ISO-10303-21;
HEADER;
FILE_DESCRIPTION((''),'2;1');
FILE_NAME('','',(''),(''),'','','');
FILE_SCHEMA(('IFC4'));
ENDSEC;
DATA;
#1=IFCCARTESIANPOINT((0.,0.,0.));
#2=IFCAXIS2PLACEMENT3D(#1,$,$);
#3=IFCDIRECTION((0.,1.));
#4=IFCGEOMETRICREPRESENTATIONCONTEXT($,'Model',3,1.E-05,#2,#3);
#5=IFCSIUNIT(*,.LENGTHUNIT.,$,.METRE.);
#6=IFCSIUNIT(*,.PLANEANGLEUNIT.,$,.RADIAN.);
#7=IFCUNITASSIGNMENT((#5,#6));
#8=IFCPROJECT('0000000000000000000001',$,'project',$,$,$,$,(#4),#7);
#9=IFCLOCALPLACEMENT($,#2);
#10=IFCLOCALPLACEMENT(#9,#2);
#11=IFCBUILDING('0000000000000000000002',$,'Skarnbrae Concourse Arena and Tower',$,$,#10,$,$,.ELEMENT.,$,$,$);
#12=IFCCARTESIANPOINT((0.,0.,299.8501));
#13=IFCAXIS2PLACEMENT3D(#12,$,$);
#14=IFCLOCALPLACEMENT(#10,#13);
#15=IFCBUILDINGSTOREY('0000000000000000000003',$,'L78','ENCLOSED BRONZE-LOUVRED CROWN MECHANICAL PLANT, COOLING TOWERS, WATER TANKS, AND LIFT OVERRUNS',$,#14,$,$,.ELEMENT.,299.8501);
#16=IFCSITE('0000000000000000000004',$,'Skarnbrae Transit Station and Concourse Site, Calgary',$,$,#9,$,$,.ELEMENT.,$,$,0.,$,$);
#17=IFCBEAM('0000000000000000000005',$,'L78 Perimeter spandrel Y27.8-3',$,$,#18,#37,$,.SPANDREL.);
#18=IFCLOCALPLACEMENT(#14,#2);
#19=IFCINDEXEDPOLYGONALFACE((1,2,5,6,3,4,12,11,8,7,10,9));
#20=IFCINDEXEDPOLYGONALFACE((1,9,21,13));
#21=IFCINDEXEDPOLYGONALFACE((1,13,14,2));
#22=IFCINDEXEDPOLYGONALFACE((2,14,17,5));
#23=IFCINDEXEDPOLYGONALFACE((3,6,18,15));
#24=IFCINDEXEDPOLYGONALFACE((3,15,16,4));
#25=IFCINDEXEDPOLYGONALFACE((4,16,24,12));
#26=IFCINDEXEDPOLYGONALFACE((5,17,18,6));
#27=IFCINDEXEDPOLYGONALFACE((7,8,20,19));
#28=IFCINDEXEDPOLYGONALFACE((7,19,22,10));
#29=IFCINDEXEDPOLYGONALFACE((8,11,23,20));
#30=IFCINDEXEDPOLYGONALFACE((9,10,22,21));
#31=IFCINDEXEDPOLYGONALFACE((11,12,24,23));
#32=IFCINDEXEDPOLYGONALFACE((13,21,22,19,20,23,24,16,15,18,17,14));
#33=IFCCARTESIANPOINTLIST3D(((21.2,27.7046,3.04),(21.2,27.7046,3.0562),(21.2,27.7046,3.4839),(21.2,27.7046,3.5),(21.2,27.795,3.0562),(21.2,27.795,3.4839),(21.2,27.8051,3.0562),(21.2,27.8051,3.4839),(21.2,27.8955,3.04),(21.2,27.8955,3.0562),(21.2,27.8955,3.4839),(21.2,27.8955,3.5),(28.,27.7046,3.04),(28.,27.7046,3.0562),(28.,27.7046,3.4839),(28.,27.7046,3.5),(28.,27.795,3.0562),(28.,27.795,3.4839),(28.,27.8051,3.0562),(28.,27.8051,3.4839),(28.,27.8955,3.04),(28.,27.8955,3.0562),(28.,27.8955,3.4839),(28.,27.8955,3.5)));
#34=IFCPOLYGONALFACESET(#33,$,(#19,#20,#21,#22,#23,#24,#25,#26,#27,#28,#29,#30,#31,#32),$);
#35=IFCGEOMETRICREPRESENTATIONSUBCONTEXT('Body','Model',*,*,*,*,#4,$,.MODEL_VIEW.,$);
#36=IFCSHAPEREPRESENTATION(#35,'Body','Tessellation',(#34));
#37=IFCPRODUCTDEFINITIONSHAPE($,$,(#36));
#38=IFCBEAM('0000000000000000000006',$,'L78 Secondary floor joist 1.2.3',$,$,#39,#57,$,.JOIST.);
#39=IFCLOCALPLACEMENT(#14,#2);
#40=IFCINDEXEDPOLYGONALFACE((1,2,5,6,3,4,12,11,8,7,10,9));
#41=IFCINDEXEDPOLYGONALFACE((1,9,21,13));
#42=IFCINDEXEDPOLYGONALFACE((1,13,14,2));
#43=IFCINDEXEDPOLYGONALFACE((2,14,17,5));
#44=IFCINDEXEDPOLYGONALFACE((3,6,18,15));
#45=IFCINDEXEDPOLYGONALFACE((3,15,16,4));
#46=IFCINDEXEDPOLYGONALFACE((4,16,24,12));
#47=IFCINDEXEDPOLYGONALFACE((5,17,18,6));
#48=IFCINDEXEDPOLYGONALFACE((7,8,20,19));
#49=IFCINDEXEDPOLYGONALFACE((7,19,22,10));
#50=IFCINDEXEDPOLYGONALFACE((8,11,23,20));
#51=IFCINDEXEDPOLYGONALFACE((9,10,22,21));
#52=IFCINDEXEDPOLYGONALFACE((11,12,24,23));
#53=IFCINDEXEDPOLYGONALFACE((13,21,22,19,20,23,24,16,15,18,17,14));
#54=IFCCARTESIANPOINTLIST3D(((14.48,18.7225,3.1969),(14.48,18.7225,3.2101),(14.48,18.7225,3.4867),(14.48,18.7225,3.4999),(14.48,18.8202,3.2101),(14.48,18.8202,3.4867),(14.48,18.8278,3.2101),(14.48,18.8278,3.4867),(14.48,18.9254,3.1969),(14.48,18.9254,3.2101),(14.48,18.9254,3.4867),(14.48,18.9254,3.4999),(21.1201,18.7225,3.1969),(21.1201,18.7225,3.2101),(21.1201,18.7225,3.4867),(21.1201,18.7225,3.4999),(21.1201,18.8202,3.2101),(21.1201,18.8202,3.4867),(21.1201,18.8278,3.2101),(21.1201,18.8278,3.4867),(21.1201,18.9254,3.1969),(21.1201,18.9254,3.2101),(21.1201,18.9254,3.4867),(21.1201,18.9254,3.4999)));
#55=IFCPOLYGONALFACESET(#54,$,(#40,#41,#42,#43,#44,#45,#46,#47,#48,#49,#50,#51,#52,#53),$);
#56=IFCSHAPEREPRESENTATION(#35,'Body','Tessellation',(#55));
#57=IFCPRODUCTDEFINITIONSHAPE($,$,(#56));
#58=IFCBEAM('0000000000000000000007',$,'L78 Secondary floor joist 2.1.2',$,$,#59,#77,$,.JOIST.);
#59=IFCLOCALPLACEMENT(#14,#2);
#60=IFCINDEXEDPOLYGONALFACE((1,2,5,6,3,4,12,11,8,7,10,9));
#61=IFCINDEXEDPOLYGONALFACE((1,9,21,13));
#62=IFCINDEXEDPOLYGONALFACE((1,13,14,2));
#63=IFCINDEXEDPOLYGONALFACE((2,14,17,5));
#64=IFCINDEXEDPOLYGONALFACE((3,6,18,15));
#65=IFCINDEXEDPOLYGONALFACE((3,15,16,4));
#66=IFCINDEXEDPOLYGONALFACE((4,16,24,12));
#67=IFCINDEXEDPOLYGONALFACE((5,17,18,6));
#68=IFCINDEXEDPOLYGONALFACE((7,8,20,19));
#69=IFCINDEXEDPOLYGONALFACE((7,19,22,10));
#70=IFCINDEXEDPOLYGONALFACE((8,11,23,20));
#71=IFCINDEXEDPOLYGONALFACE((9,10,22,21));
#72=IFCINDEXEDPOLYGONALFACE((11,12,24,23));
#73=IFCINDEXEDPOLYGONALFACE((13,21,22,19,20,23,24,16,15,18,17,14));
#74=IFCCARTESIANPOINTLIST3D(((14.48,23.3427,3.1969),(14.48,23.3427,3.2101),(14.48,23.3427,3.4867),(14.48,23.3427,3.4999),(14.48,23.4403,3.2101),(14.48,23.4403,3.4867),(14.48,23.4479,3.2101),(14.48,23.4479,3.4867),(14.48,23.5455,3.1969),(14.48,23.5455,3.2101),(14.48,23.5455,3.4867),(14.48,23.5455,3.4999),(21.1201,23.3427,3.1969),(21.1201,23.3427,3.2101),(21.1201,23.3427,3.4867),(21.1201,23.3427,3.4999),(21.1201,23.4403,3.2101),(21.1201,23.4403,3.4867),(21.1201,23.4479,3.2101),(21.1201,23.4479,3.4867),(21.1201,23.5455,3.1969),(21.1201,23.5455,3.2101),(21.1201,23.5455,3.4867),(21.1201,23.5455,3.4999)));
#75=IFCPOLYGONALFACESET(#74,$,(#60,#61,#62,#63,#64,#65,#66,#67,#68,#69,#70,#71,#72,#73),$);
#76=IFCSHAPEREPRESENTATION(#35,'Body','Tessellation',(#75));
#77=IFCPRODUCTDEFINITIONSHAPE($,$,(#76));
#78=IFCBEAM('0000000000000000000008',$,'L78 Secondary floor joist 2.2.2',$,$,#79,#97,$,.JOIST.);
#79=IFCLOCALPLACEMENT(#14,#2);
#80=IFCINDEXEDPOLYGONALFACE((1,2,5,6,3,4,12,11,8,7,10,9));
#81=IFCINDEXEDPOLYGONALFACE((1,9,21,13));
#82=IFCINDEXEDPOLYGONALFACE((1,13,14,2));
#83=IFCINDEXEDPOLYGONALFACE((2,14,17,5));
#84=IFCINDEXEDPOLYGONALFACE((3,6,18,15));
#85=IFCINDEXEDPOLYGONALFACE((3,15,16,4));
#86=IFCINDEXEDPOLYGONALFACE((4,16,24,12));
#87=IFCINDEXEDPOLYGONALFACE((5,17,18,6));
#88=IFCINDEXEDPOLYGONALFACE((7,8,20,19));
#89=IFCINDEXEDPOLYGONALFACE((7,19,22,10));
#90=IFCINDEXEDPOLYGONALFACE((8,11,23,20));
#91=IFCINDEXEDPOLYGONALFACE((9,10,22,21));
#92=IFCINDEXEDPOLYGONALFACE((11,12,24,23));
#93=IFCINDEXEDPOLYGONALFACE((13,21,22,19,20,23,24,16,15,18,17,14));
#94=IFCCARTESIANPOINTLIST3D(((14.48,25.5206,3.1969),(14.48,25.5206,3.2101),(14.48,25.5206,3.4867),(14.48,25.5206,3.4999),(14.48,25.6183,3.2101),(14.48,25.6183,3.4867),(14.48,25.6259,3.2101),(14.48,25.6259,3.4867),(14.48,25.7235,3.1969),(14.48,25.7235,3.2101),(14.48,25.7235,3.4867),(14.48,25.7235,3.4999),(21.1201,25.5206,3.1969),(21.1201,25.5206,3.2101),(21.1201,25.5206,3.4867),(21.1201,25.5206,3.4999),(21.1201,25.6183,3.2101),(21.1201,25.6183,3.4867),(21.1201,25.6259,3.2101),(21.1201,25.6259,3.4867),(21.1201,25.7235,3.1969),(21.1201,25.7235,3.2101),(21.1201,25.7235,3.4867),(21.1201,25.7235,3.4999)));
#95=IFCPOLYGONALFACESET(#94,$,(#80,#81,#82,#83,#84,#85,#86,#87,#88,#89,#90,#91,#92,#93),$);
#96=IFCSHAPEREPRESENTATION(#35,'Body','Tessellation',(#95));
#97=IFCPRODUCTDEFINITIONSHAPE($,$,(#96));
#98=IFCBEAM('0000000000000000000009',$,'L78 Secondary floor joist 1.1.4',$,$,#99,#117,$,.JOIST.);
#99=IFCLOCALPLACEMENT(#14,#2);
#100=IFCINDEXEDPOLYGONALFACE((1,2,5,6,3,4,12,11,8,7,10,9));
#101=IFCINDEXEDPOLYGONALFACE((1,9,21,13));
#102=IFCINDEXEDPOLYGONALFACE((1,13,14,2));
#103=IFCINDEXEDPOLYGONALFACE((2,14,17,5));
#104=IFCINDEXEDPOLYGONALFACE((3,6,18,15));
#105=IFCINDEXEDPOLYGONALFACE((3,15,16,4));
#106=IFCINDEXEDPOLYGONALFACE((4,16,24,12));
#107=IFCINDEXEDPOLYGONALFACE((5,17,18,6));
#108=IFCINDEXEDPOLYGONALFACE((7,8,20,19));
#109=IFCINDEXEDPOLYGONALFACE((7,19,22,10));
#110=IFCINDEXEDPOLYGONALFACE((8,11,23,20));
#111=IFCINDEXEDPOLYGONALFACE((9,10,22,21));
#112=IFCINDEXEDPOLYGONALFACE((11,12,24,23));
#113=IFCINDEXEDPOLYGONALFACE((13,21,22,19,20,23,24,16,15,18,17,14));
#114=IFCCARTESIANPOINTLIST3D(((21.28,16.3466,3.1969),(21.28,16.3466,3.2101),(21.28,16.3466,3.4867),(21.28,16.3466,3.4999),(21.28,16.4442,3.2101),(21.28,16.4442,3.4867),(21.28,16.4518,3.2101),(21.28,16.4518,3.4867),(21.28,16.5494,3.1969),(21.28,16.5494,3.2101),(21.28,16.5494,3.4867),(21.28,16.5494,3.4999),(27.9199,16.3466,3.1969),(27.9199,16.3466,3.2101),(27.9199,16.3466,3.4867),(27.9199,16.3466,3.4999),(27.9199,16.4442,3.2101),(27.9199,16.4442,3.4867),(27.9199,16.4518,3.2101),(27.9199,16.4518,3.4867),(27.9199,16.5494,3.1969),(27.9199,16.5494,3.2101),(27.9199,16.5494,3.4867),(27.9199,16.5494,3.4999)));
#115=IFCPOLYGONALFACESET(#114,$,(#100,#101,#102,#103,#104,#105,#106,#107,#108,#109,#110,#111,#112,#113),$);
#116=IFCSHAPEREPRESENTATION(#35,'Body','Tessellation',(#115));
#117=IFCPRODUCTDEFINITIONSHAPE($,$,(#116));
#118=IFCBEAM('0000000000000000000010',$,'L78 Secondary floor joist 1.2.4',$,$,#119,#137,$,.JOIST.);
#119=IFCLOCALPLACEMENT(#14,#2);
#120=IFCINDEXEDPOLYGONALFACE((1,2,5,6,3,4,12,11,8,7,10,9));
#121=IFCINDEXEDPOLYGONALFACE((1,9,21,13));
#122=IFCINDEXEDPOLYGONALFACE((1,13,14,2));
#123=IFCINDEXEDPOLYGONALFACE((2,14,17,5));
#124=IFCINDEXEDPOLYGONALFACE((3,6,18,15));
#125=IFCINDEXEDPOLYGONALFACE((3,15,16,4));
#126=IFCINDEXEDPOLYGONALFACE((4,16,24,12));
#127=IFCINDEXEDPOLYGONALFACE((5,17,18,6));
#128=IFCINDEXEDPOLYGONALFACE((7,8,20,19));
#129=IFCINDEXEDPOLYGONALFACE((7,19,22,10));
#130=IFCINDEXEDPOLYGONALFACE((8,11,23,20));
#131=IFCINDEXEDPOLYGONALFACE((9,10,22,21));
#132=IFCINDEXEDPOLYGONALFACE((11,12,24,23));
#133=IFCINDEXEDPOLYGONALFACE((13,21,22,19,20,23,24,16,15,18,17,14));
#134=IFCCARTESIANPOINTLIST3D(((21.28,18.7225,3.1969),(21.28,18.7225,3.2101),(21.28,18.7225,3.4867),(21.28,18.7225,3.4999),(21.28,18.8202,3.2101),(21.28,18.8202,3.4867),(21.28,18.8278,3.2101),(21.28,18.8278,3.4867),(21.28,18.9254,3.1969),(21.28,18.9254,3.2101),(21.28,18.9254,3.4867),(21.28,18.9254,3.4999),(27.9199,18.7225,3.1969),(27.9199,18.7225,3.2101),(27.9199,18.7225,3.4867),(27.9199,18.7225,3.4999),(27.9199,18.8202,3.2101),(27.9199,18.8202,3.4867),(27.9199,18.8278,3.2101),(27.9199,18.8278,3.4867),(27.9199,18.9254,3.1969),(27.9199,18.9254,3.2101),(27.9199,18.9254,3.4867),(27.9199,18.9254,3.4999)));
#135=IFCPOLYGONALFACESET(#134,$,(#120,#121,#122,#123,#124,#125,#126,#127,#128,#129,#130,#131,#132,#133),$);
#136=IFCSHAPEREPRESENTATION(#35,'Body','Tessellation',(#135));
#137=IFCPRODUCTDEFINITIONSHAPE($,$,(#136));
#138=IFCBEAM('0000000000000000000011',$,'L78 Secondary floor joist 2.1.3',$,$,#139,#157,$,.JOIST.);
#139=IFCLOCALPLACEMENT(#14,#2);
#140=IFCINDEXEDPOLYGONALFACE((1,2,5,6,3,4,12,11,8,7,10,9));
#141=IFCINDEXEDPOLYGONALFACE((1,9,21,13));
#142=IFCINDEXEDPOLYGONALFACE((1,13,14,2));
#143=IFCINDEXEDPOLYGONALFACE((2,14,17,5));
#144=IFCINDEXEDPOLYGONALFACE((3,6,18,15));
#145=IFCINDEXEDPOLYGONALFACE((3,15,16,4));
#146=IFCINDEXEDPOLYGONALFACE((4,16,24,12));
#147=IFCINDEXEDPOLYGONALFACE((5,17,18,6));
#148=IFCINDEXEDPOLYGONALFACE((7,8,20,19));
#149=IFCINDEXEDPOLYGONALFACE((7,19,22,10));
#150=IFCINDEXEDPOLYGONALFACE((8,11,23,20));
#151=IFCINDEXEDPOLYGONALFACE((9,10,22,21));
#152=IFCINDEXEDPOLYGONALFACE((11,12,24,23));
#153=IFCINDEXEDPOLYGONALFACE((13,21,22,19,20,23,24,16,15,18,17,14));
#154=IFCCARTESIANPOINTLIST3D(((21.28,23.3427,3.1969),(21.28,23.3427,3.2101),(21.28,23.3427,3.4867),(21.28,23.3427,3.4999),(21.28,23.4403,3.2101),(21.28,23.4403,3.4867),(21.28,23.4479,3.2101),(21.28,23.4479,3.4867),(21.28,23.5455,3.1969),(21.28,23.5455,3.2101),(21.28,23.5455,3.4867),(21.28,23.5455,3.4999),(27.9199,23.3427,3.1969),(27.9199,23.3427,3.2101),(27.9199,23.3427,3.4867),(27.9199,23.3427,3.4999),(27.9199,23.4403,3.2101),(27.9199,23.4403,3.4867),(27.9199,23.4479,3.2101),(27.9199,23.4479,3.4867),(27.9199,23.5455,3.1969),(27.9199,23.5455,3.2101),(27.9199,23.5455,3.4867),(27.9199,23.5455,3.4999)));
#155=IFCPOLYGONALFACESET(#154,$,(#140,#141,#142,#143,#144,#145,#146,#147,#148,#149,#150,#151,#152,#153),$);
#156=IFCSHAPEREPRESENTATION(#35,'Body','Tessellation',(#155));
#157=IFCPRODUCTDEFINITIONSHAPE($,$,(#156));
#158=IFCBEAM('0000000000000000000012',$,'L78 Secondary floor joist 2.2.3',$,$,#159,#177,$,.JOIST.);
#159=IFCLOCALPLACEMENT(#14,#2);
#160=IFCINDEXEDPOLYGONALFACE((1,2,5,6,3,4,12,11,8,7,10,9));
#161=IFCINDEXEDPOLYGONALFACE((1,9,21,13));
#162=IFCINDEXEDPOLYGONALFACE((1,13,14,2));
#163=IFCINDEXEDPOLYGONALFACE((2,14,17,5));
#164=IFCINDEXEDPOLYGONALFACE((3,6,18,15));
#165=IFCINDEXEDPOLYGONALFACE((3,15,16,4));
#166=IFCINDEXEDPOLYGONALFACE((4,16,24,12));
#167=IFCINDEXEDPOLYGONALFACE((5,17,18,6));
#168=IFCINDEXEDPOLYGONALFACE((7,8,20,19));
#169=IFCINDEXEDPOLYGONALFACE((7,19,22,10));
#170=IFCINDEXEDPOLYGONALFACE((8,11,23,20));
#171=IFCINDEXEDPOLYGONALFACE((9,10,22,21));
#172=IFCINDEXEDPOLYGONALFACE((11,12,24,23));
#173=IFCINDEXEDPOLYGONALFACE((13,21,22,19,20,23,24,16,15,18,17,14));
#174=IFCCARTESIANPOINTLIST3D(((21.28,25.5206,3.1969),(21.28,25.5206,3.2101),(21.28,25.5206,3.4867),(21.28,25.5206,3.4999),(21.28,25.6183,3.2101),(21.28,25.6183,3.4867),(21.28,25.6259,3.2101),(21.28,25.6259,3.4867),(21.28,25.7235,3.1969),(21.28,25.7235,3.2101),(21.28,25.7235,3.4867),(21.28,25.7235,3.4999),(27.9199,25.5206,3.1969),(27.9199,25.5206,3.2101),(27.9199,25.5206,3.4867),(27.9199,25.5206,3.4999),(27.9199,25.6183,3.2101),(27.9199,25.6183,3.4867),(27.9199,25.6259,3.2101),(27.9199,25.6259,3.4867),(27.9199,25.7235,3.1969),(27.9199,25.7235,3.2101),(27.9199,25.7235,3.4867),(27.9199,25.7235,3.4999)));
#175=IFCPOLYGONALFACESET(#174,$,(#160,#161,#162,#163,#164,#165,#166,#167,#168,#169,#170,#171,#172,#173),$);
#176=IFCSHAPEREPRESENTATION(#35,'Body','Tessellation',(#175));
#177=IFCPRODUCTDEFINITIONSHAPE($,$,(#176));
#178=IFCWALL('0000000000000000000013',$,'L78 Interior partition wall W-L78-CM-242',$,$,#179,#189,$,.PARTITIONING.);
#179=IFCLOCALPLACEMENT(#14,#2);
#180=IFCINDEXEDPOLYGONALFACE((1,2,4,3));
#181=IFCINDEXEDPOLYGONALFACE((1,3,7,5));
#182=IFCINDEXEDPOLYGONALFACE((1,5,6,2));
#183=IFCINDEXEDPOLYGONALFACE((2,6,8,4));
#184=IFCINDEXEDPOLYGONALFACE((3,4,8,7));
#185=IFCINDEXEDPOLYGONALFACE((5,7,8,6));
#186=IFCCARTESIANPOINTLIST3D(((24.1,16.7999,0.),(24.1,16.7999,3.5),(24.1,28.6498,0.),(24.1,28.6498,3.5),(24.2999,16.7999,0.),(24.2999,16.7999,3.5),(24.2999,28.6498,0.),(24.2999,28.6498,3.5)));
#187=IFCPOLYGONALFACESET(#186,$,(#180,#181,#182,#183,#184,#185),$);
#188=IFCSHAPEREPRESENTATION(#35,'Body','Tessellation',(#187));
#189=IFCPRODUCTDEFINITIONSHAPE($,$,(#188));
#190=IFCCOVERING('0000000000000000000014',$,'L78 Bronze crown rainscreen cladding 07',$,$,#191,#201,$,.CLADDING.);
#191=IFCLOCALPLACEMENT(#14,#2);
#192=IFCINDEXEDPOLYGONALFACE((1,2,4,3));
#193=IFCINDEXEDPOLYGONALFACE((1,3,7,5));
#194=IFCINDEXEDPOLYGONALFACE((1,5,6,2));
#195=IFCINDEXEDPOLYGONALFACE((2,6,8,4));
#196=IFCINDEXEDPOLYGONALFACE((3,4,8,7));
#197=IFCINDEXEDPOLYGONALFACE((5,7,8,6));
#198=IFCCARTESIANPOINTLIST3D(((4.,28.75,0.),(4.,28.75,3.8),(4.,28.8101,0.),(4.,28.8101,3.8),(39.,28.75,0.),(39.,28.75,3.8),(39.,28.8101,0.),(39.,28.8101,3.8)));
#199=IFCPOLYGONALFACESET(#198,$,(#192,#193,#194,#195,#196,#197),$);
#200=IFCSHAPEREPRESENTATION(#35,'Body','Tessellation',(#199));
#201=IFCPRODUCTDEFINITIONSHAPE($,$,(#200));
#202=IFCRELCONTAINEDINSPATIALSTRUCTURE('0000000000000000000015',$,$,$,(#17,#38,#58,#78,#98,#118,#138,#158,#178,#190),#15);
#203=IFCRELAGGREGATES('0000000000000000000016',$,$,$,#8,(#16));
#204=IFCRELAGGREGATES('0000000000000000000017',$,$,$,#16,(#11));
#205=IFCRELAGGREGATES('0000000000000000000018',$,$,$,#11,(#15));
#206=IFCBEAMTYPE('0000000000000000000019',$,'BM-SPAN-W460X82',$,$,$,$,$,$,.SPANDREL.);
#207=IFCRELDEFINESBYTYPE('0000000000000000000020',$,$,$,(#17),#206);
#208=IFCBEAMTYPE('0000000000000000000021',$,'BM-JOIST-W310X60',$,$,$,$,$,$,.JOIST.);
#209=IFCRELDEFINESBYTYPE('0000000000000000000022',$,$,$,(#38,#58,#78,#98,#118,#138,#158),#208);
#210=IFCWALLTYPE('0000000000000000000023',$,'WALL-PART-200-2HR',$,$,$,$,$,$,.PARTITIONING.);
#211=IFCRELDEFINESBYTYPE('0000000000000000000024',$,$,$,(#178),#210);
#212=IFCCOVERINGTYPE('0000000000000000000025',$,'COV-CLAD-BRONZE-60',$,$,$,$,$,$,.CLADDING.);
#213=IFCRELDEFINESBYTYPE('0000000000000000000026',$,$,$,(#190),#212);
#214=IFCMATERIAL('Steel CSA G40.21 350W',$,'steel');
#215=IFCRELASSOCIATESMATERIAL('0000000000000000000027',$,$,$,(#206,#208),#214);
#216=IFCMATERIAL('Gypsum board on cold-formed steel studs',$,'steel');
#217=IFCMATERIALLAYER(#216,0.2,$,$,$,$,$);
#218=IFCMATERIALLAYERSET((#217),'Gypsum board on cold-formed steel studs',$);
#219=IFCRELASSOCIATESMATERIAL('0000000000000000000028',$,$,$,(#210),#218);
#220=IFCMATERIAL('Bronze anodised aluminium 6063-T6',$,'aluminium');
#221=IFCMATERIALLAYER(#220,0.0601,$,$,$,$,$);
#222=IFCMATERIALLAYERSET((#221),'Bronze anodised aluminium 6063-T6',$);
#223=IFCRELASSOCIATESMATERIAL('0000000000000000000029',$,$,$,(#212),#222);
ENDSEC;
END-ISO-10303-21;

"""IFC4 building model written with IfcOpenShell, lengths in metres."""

from ifc_helpers import new_model, si_unit, direction, frame, frame_2d, origin, origin_2d, place, context, subcontext, project, spatial, rectangle, i_section, extrude, source, transform, mapped, material, layer, layer_set, material_profile, profile_set, type_object, element, save


model = new_model("IFC4")

# Units and contexts
model_context = context("Model", 3, precision=1e-05, world=origin(), true_north=direction((0.0, 1.0)))
body_context = subcontext(model_context, "Body", "Model", "MODEL_VIEW")
ifc_project = project(units=[si_unit("LENGTHUNIT", "METRE"), si_unit("PLANEANGLEUNIT", "RADIAN")], contexts=[model_context])

# Site, building, storey
site_placement = place(None, origin())
site = spatial("IfcSite", under=ifc_project, at=site_placement, Name="Skarnbrae Transit Station and Concourse Site, Calgary", CompositionType="ELEMENT", RefElevation=0.0)
building_placement = place(site_placement, origin())
building = spatial("IfcBuilding", under=site, at=building_placement, Name="Skarnbrae Concourse Arena and Tower", CompositionType="ELEMENT")
storey_placement = place(building_placement, frame((0.0, 0.0, 299.8501)))
storey = spatial("IfcBuildingStorey", under=building, at=storey_placement, Name="L78", Description="ENCLOSED BRONZE-LOUVRED CROWN MECHANICAL PLANT, COOLING TOWERS, WATER TANKS, AND LIFT OVERRUNS", CompositionType="ELEMENT", Elevation=299.8501)

# Shared definitions
ifc_material_1 = material(Name="Steel CSA G40.21 350W", Category="steel")

# Beams
ifc_material_profile_1 = material_profile(ifc_material_1, i_section(OverallWidth=0.1909, OverallDepth=0.46, WebThickness=0.01, FlangeThickness=0.0161, at=origin_2d()), Name="W460X82")
ifc_profile_set_1 = profile_set([ifc_material_profile_1], Name="Steel CSA G40.21 350W")
beam_type_1 = type_object("IfcBeamType", Name="BM-SPAN-W460X82", PredefinedType="SPANDREL", material=ifc_profile_set_1)
shared_shape_1 = source(origin(), body_context, "Body", "SweptSolid", [
    extrude(i_section(OverallWidth=0.1909, OverallDepth=0.46, WebThickness=0.01, FlangeThickness=0.0161, at=origin_2d()), origin(), (0.0, 0.0, 1.0), 6.8),
])
beam_1_placement = place(storey_placement, frame((21.2, 27.8, 3.27), z_axis=(1.0, 0.0, 0.0), x_axis=(0.0, 1.0, 0.0)))
element("IfcBeam", 1, at=beam_1_placement, inside=storey, type_object=beam_type_1, Name="L78 Perimeter spandrel Y27.8-3", PredefinedType="SPANDREL", context=body_context, shape_type="MappedRepresentation", body=[
    mapped(shared_shape_1, transform((0.0, 0.0, 0.0))),
])
ifc_material_profile_2 = material_profile(ifc_material_1, i_section(OverallWidth=0.2029, OverallDepth=0.303, WebThickness=0.0076, FlangeThickness=0.0132, at=origin_2d()), Name="W310X60")
ifc_profile_set_2 = profile_set([ifc_material_profile_2], Name="Steel CSA G40.21 350W")
beam_type_2 = type_object("IfcBeamType", Name="BM-JOIST-W310X60", PredefinedType="JOIST", material=ifc_profile_set_2)
shared_shape_2 = source(origin(), body_context, "Body", "SweptSolid", [
    extrude(i_section(OverallWidth=0.2029, OverallDepth=0.303, WebThickness=0.0076, FlangeThickness=0.0132, at=origin_2d()), origin(), (0.0, 0.0, 1.0), 6.6401),
])
for number, where, z_axis, x_axis, name in (
    (2, (14.48, 18.824, 3.3484), (1.0, 0.0, 0.0), (0.0, 1.0, 0.0), "L78 Secondary floor joist 1.2.3"),
    (3, (14.48, 23.4441, 3.3484), (1.0, 0.0, 0.0), (0.0, 1.0, 0.0), "L78 Secondary floor joist 2.1.2"),
    (4, (14.48, 25.6221, 3.3484), (1.0, 0.0, 0.0), (0.0, 1.0, 0.0), "L78 Secondary floor joist 2.2.2"),
):
    element("IfcBeam", number, at=place(storey_placement, frame(where, z_axis=z_axis, x_axis=x_axis)), inside=storey, type_object=beam_type_2, Name=name, PredefinedType="JOIST", context=body_context, shape_type="MappedRepresentation", body=[
        mapped(shared_shape_2, transform((0.0, 0.0, 0.0))),
    ])
shared_shape_3 = source(origin(), body_context, "Body", "SweptSolid", [
    extrude(i_section(OverallWidth=0.2029, OverallDepth=0.303, WebThickness=0.0076, FlangeThickness=0.0132, at=origin_2d()), origin(), (0.0, 0.0, 1.0), 6.6399),
])
for number, where, z_axis, x_axis, name in (
    (5, (21.28, 16.448, 3.3484), (1.0, 0.0, 0.0), (0.0, 1.0, 0.0), "L78 Secondary floor joist 1.1.4"),
    (6, (21.28, 18.824, 3.3484), (1.0, 0.0, 0.0), (0.0, 1.0, 0.0), "L78 Secondary floor joist 1.2.4"),
    (7, (21.28, 23.4441, 3.3484), (1.0, 0.0, 0.0), (0.0, 1.0, 0.0), "L78 Secondary floor joist 2.1.3"),
    (8, (21.28, 25.6221, 3.3484), (1.0, 0.0, 0.0), (0.0, 1.0, 0.0), "L78 Secondary floor joist 2.2.3"),
):
    element("IfcBeam", number, at=place(storey_placement, frame(where, z_axis=z_axis, x_axis=x_axis)), inside=storey, type_object=beam_type_2, Name=name, PredefinedType="JOIST", context=body_context, shape_type="MappedRepresentation", body=[
        mapped(shared_shape_3, transform((0.0, 0.0, 0.0))),
    ])

# Wall
ifc_material_2 = material(Name="Gypsum board on cold-formed steel studs", Category="steel")
ifc_layer_1 = layer(ifc_material_2, 0.2)
ifc_layer_set_1 = layer_set([ifc_layer_1], Name="Gypsum board on cold-formed steel studs")
wall_type = type_object("IfcWallType", Name="WALL-PART-200-2HR", PredefinedType="PARTITIONING", material=ifc_layer_set_1)
shared_shape_4 = source(origin(), body_context, "Body", "SweptSolid", [
    extrude(rectangle(XDim=11.8499, YDim=0.2, at=frame_2d((5.9248, 0.0))), origin(), (0.0, 0.0, 1.0), 3.5),
])
wall_placement = place(storey_placement, frame((24.2, 16.8, 0.0), z_axis=(0.0, 0.0, 1.0), x_axis=(0.0, 1.0, 0.0)))
element("IfcWall", 9, at=wall_placement, inside=storey, type_object=wall_type, Name="L78 Interior partition wall W-L78-CM-242", PredefinedType="PARTITIONING", context=body_context, shape_type="MappedRepresentation", body=[
    mapped(shared_shape_4, transform((0.0, 0.0, 0.0))),
])

# Covering
ifc_material_3 = material(Name="Bronze anodised aluminium 6063-T6", Category="aluminium")
ifc_layer_2 = layer(ifc_material_3, 0.0601)
ifc_layer_set_2 = layer_set([ifc_layer_2], Name="Bronze anodised aluminium 6063-T6")
covering_type = type_object("IfcCoveringType", Name="COV-CLAD-BRONZE-60", PredefinedType="CLADDING", material=ifc_layer_set_2)
shared_shape_5 = source(origin(), body_context, "Body", "SweptSolid", [
    extrude(rectangle(XDim=35.0, YDim=0.0601, at=origin_2d()), origin(), (0.0, 0.0, 1.0), 3.8),
])
covering_placement = place(storey_placement, frame((21.5, 28.78, 0.0), z_axis=(0.0, 0.0, 1.0), x_axis=(-1.0, 0.0, 0.0)))
element("IfcCovering", 10, at=covering_placement, inside=storey, type_object=covering_type, Name="L78 Bronze crown rainscreen cladding 07", PredefinedType="CLADDING", context=body_context, shape_type="MappedRepresentation", body=[
    mapped(shared_shape_5, transform((0.0, 0.0, 0.0))),
])

save(model, "model.ifc")
